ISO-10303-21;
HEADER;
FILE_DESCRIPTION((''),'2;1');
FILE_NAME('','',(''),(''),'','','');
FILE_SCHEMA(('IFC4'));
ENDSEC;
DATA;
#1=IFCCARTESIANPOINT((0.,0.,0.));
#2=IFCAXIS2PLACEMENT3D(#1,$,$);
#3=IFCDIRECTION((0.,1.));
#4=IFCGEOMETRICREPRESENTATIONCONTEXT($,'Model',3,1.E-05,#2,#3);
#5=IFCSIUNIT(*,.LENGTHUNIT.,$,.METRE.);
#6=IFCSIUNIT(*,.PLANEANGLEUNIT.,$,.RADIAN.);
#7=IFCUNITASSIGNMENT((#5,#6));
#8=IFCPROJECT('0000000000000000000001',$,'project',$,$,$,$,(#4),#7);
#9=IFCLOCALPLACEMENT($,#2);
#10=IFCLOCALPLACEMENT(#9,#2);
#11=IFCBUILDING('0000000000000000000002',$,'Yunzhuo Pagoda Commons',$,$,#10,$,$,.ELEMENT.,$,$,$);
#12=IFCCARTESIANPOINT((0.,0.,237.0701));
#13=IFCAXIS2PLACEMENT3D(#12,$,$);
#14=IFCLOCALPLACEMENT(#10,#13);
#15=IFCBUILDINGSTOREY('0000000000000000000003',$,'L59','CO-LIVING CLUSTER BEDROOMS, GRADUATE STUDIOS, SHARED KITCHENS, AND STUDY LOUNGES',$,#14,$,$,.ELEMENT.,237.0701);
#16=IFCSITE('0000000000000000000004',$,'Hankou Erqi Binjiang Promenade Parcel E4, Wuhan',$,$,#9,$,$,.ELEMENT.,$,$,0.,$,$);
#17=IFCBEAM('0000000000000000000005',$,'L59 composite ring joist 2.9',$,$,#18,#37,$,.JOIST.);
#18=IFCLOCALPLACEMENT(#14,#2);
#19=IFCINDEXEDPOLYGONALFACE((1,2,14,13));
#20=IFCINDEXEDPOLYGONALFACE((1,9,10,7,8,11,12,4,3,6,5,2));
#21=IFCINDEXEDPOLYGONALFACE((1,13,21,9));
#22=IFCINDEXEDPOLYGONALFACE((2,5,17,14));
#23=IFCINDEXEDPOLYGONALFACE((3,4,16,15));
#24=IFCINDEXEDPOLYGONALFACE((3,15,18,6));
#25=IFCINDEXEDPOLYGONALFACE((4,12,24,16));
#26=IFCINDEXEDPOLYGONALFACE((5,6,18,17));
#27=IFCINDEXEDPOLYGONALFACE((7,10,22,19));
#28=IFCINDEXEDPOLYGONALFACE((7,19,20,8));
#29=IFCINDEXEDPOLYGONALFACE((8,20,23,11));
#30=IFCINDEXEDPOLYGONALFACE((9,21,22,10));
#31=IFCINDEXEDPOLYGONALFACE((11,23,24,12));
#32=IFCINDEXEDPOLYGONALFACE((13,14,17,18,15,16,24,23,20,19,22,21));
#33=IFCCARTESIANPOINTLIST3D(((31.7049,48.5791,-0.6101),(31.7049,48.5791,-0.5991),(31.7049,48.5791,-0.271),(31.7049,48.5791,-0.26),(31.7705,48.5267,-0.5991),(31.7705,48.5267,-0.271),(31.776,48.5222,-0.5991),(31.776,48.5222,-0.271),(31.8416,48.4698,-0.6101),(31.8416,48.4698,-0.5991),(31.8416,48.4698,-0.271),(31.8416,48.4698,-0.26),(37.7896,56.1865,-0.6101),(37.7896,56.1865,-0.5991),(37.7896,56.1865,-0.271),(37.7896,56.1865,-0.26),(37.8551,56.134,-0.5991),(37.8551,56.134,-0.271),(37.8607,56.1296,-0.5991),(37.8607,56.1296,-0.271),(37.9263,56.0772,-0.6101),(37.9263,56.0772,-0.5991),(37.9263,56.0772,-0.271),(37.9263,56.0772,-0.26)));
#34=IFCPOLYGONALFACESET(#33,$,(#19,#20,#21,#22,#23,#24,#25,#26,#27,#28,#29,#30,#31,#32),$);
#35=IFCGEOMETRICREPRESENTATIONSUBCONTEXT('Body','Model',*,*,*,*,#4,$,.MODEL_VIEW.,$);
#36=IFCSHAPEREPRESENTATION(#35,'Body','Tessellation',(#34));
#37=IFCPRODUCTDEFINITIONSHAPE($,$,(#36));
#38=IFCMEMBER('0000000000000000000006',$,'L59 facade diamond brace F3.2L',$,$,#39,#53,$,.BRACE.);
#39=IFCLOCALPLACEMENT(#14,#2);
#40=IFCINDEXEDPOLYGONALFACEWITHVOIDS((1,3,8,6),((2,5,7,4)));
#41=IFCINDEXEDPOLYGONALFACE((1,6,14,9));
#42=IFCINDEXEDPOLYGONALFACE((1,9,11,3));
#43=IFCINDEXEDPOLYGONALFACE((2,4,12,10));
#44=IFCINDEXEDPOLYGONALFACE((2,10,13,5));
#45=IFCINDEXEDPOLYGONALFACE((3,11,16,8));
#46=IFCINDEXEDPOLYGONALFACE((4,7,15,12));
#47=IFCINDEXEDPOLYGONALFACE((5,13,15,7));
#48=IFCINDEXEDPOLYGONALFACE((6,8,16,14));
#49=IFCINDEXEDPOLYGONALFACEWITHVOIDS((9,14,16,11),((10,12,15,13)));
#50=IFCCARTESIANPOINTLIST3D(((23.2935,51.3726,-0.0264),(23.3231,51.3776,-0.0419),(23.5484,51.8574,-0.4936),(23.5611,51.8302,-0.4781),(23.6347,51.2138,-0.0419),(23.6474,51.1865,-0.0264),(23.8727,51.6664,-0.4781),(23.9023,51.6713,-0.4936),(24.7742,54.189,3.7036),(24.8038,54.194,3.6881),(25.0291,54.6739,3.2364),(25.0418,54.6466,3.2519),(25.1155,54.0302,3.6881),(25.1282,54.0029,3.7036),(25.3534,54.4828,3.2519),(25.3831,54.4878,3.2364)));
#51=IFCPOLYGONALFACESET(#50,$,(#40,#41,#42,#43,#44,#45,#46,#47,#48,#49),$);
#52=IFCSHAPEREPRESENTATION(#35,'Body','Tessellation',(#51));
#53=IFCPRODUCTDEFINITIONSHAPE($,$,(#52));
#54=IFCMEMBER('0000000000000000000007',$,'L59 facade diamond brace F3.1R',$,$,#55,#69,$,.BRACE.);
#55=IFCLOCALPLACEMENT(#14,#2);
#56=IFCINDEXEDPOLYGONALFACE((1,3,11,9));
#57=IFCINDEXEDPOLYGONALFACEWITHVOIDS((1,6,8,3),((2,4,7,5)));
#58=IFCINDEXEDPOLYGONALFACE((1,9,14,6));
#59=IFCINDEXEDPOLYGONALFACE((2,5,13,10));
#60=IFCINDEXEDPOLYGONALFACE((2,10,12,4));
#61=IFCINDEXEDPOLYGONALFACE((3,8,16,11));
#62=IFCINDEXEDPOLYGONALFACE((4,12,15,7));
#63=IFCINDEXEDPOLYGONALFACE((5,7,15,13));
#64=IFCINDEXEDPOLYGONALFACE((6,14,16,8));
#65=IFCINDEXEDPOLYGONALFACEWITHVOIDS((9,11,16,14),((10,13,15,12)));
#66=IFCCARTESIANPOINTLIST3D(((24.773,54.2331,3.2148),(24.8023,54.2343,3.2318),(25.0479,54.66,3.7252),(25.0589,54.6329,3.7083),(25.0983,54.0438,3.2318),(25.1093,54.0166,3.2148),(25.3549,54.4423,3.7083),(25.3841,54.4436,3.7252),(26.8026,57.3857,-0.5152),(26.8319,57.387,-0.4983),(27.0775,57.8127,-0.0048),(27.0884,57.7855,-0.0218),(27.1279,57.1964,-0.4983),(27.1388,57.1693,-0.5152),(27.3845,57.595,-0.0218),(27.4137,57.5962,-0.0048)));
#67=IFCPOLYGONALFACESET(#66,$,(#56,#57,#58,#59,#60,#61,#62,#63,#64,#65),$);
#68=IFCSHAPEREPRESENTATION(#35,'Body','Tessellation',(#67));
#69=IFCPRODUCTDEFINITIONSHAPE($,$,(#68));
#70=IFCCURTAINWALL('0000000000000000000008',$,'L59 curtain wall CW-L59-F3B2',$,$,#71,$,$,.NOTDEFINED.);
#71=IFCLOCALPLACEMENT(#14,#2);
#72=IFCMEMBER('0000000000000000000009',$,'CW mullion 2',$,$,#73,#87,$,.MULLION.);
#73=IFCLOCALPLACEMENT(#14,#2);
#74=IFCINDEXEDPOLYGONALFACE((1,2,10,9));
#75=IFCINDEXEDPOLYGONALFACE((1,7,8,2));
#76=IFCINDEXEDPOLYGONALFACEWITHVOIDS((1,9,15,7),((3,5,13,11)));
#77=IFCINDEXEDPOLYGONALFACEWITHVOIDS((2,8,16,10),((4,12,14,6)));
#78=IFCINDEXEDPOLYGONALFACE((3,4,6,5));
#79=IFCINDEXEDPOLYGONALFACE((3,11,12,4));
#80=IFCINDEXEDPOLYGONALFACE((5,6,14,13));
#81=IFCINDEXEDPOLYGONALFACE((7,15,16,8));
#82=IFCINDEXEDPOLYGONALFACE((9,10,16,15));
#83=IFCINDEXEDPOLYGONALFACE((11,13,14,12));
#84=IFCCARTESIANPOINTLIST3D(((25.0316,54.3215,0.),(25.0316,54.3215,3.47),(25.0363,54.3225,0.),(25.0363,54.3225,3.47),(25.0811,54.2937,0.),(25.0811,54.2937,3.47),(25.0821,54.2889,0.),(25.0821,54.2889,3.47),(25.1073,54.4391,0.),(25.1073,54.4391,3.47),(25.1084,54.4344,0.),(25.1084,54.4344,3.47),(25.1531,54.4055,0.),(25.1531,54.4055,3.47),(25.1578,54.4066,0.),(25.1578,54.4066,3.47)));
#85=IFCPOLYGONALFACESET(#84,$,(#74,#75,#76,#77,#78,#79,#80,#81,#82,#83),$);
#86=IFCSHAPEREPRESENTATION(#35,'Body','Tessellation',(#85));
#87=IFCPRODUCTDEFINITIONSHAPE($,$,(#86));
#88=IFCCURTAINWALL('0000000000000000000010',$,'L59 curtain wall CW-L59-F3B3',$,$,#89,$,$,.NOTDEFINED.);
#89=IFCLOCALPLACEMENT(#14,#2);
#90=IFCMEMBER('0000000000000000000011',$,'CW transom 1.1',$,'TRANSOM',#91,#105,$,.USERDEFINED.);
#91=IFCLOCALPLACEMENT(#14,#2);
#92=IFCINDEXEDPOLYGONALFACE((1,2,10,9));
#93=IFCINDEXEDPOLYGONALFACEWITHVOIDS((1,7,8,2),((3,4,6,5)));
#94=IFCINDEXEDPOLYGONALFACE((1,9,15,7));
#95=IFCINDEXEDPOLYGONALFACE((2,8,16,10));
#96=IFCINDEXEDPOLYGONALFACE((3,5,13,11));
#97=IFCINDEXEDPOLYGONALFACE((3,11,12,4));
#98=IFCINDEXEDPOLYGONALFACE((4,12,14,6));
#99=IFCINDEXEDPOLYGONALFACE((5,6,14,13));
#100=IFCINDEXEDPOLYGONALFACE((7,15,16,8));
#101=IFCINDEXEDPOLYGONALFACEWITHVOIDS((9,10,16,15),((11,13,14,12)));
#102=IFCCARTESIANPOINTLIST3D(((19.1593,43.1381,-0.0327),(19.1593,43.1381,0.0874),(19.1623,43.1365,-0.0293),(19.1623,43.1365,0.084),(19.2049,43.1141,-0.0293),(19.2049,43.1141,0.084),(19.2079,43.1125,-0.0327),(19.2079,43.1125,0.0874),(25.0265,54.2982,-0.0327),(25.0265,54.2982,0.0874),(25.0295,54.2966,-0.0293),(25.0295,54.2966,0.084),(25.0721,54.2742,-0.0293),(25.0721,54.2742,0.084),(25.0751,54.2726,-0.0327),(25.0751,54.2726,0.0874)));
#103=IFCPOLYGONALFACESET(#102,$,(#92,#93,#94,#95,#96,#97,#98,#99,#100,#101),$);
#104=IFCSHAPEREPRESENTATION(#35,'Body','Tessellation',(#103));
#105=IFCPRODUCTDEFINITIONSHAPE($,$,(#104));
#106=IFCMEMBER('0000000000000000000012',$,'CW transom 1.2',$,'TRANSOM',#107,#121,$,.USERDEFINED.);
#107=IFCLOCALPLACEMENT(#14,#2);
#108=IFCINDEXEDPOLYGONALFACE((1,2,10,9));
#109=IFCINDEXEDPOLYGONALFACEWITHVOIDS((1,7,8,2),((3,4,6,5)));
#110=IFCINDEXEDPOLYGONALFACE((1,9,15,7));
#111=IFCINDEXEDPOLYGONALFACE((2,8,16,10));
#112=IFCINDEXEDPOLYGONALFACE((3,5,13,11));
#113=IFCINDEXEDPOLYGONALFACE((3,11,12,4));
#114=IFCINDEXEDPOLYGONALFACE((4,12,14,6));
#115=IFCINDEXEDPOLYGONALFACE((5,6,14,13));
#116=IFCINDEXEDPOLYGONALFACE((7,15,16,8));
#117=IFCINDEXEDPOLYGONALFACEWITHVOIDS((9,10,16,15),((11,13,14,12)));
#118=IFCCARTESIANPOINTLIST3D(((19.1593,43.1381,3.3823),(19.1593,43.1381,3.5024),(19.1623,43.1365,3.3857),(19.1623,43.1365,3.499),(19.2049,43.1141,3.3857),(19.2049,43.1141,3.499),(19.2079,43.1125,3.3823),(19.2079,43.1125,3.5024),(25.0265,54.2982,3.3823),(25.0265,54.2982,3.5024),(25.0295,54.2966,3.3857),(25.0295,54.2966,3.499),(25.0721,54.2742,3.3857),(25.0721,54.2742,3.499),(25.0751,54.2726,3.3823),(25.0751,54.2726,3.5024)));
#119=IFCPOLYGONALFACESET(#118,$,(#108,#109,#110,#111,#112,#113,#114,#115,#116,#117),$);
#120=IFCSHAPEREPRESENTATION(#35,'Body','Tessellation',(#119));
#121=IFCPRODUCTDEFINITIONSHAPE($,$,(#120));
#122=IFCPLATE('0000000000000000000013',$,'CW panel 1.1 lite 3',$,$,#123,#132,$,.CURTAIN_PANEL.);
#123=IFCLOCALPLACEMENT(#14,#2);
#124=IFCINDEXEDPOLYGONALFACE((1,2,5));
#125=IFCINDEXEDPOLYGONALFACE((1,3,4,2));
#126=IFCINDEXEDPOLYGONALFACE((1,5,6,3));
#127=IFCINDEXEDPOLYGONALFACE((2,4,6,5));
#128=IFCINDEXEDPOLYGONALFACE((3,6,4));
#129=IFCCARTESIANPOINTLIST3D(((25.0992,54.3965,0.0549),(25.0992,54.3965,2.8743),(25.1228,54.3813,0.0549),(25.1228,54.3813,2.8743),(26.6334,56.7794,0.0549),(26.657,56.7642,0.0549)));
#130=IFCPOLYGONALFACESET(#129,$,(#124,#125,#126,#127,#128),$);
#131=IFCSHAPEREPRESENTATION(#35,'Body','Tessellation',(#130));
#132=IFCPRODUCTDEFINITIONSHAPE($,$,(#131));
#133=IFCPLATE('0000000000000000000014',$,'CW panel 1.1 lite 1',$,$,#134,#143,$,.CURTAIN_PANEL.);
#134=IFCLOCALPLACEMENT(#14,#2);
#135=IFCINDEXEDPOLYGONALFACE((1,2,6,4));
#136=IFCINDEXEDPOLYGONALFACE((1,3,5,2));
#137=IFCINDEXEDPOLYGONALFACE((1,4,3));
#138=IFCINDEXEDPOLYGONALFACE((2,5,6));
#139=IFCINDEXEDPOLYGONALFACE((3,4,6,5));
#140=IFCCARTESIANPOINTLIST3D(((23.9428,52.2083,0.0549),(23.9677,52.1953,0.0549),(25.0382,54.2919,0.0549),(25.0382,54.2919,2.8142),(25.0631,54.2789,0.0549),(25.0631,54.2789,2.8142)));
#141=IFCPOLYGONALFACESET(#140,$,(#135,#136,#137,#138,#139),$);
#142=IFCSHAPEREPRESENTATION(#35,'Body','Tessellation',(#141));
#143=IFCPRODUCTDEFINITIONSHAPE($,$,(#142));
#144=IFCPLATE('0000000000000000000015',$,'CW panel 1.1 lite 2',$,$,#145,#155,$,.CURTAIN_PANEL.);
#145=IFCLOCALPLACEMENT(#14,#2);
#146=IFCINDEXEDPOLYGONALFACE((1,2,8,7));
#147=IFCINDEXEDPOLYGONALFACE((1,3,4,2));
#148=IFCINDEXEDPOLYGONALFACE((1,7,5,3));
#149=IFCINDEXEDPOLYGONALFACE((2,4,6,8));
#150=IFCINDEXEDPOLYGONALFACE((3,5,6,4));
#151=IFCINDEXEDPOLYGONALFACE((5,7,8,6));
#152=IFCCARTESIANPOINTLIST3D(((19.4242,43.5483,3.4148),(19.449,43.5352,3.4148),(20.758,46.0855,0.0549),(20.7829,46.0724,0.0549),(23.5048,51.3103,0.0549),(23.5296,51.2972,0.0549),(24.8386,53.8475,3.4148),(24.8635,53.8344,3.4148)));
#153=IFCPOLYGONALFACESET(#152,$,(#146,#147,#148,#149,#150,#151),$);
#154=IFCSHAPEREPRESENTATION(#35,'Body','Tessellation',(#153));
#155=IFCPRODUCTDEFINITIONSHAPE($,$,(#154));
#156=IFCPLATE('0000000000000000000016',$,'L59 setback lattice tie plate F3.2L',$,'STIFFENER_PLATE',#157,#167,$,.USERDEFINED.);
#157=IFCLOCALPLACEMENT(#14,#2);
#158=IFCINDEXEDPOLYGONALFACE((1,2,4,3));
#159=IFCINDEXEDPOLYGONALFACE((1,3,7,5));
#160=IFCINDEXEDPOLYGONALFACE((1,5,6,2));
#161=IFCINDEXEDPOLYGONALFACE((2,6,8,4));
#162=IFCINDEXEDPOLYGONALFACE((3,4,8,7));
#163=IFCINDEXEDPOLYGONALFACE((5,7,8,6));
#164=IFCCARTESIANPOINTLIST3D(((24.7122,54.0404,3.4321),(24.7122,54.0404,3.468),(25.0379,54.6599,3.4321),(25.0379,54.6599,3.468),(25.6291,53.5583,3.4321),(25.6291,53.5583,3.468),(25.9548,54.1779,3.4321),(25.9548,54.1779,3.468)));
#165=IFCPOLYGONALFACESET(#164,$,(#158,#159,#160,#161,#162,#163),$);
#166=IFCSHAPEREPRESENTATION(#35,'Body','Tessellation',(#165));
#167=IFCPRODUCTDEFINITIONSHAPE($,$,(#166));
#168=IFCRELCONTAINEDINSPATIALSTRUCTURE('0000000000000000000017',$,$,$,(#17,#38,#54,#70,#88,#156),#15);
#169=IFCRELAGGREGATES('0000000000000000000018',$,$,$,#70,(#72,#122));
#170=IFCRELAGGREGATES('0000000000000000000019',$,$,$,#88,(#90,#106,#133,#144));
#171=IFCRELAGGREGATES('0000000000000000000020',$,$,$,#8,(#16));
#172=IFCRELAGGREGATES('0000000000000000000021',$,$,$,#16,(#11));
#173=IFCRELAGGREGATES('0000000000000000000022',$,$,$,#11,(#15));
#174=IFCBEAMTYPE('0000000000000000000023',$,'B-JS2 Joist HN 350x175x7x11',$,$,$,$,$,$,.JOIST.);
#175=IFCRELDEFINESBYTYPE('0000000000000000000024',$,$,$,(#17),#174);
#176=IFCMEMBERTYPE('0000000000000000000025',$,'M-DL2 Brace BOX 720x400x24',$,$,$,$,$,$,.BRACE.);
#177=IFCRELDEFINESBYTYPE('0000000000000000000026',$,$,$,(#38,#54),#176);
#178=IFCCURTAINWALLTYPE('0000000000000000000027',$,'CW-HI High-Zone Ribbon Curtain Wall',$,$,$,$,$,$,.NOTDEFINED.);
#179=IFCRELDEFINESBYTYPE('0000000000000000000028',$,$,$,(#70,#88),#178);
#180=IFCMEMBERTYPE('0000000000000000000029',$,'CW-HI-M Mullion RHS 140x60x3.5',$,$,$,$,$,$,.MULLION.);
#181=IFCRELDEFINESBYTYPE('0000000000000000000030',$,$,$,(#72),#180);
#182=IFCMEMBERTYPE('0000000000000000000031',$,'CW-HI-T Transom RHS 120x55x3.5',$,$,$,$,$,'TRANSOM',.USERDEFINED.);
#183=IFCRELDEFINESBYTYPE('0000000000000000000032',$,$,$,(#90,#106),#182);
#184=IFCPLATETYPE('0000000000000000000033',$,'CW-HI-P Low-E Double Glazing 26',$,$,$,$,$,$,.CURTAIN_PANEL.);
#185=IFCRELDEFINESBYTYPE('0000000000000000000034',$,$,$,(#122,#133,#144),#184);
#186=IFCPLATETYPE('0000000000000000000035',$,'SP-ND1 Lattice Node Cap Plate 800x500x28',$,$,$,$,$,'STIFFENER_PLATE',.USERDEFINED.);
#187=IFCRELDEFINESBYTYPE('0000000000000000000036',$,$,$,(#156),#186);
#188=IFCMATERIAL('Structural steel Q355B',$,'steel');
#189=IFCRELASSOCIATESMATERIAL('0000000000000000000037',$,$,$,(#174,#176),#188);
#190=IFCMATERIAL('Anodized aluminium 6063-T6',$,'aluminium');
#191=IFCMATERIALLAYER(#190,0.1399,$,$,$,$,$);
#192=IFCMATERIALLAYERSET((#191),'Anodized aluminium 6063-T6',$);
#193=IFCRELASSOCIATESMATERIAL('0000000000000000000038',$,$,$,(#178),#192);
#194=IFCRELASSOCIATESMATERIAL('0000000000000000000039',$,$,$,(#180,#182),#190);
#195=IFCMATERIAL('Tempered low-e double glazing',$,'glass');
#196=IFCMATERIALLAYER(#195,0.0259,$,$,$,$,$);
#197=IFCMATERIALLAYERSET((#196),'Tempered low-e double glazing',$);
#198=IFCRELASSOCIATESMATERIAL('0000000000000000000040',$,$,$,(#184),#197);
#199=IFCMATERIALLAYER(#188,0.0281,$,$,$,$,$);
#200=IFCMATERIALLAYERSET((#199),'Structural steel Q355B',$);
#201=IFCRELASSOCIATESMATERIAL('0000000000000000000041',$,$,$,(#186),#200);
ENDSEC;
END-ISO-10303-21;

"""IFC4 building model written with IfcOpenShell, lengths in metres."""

from ifc_helpers import new_model, si_unit, direction, frame, origin, origin_2d, place, context, subcontext, project, spatial, polyline, rectangle, hollow_rectangle, i_section, outline, extrude, source, transform, mapped, material, layer, layer_set, material_profile, profile_set, type_object, element, aggregate, save


model = new_model("IFC4")

# Units and contexts
model_context = context("Model", 3, precision=1e-05, world=origin(), true_north=direction((0.0, 1.0)))
body_context = subcontext(model_context, "Body", "Model", "MODEL_VIEW")
ifc_project = project(units=[si_unit("LENGTHUNIT", "METRE"), si_unit("PLANEANGLEUNIT", "RADIAN")], contexts=[model_context])

# Site, building, storey
site_placement = place(None, origin())
site = spatial("IfcSite", under=ifc_project, at=site_placement, Name="Hankou Erqi Binjiang Promenade Parcel E4, Wuhan", CompositionType="ELEMENT", RefElevation=0.0)
building_placement = place(site_placement, origin())
building = spatial("IfcBuilding", under=site, at=building_placement, Name="Yunzhuo Pagoda Commons", CompositionType="ELEMENT")
storey_placement = place(building_placement, frame((0.0, 0.0, 237.0701)))
storey = spatial("IfcBuildingStorey", under=building, at=storey_placement, Name="L59", Description="CO-LIVING CLUSTER BEDROOMS, GRADUATE STUDIOS, SHARED KITCHENS, AND STUDY LOUNGES", CompositionType="ELEMENT", Elevation=237.0701)

# Shared definitions
ifc_material_1 = material(Name="Structural steel Q355B", Category="steel")

# Beam
ifc_material_profile_1 = material_profile(ifc_material_1, i_section(OverallWidth=0.175, OverallDepth=0.3501, WebThickness=0.0071, FlangeThickness=0.011, at=origin_2d()), Name="Structural steel Q355B")
ifc_profile_set_1 = profile_set([ifc_material_profile_1], Name="Structural steel Q355B")
beam_type_1 = type_object("IfcBeamType", Name="B-JS2 Joist HN 350x175x7x11", PredefinedType="JOIST", material=ifc_profile_set_1)
shared_shape_1 = source(origin(), body_context, "Body", "SweptSolid", [
    extrude(i_section(OverallWidth=0.175, OverallDepth=0.3501, WebThickness=0.0071, FlangeThickness=0.011, at=origin_2d()), origin(), (0.0, 0.0, 1.0), 9.7415),
])
beam_1_placement = place(storey_placement, frame((37.8579, 56.1318, -0.4351), z_axis=(-0.624619, -0.78093, 0.0), x_axis=(0.78093, -0.624619, 0.0)))
element("IfcBeam", 1, at=beam_1_placement, inside=storey, type_object=beam_type_1, Name="L59 composite ring joist 2.9", PredefinedType="JOIST", context=body_context, shape_type="MappedRepresentation", body=[
    mapped(shared_shape_1, transform((0.0, 0.0, 0.0), scale=1.0)),
])

# Members
ifc_material_profile_2 = material_profile(ifc_material_1, hollow_rectangle(XDim=0.3999, YDim=0.72, WallThickness=0.0239, at=origin_2d()), Name="Structural steel Q355B")
ifc_profile_set_2 = profile_set([ifc_material_profile_2], Name="Structural steel Q355B")
member_type_1 = type_object("IfcMemberType", Name="M-DL2 Brace BOX 720x400x24", PredefinedType="BRACE", material=ifc_profile_set_2)
shared_shape_2 = source(origin(), body_context, "Body", "SweptSolid", [
    extrude(hollow_rectangle(XDim=0.3999, YDim=0.72, WallThickness=0.0239, at=origin_2d()), origin(), (0.0, 0.0, 1.0), 4.9028),
])
member_1_placement = place(storey_placement, frame((23.5979, 51.522, -0.26), z_axis=(0.302014, 0.574449, 0.760786), x_axis=(-0.885126, 0.465351, 0.0)))
element("IfcMember", 2, at=member_1_placement, inside=storey, type_object=member_type_1, Name="L59 facade diamond brace F3.2L", PredefinedType="BRACE", context=body_context, shape_type="MappedRepresentation", body=[
    mapped(shared_shape_2, transform((0.0, 0.0, 0.0), scale=1.0)),
])
shared_shape_3 = source(origin(), body_context, "Body", "SweptSolid", [
    extrude(hollow_rectangle(XDim=0.3999, YDim=0.72, WallThickness=0.0239, at=origin_2d()), origin(), (0.0, 0.0, 1.0), 5.2888),
])
member_2_placement = place(storey_placement, frame((27.1082, 57.491, -0.26), z_axis=(-0.383749, -0.596096, 0.70527), x_axis=(0.840829, -0.5413, 0.0)))
element("IfcMember", 3, at=member_2_placement, inside=storey, type_object=member_type_1, Name="L59 facade diamond brace F3.1R", PredefinedType="BRACE", context=body_context, shape_type="MappedRepresentation", body=[
    mapped(shared_shape_3, transform((0.0, 0.0, 0.0), scale=1.0)),
])

# Curtain wall, member
ifc_material_2 = material(Name="Anodized aluminium 6063-T6", Category="aluminium")
ifc_layer_1 = layer(ifc_material_2, 0.1399)
ifc_layer_set_1 = layer_set([ifc_layer_1], Name="Anodized aluminium 6063-T6")
curtain_wall_type = type_object("IfcCurtainWallType", Name="CW-HI High-Zone Ribbon Curtain Wall", PredefinedType="NOTDEFINED", material=ifc_layer_set_1)
curtain_wall_1_placement = place(storey_placement, origin())
curtain_wall_1 = element("IfcCurtainWall", 4, at=curtain_wall_1_placement, inside=storey, type_object=curtain_wall_type, Name="L59 curtain wall CW-L59-F3B2", PredefinedType="NOTDEFINED")
ifc_material_profile_3 = material_profile(ifc_material_2, hollow_rectangle(XDim=0.0601, YDim=0.1399, WallThickness=0.0034, at=origin_2d()), Name="Anodized aluminium 6063-T6")
ifc_profile_set_3 = profile_set([ifc_material_profile_3], Name="Anodized aluminium 6063-T6")
member_type_2 = type_object("IfcMemberType", Name="CW-HI-M Mullion RHS 140x60x3.5", PredefinedType="MULLION", material=ifc_profile_set_3)
shared_shape_4 = source(origin(), body_context, "Body", "SweptSolid", [
    extrude(hollow_rectangle(XDim=0.0601, YDim=0.1399, WallThickness=0.0034, at=origin_2d()), origin(), (0.0, 0.0, 1.0), 3.47),
])
member_3_placement = place(storey_placement, frame((25.0947, 54.364, 0.0), z_axis=(0.0, 0.0, 1.0), x_axis=(0.840807, -0.541334, 0.0)))
member_3 = element("IfcMember", 5, at=member_3_placement, type_object=member_type_2, Name="CW mullion 2", PredefinedType="MULLION", context=body_context, shape_type="MappedRepresentation", body=[
    mapped(shared_shape_4, transform((0.0, 0.0, 0.0), scale=1.0)),
])

# Curtain wall, members
curtain_wall_2_placement = place(storey_placement, origin())
curtain_wall_2 = element("IfcCurtainWall", 6, at=curtain_wall_2_placement, inside=storey, type_object=curtain_wall_type, Name="L59 curtain wall CW-L59-F3B3", PredefinedType="NOTDEFINED")
ifc_material_profile_4 = material_profile(ifc_material_2, hollow_rectangle(XDim=0.0549, YDim=0.1201, WallThickness=0.0034, at=origin_2d()), Name="Anodized aluminium 6063-T6")
ifc_profile_set_4 = profile_set([ifc_material_profile_4], Name="Anodized aluminium 6063-T6")
member_type_3 = type_object("IfcMemberType", Name="CW-HI-T Transom RHS 120x55x3.5", ElementType="TRANSOM", PredefinedType="USERDEFINED", material=ifc_profile_set_4)
shared_shape_5 = source(origin(), body_context, "Body", "SweptSolid", [
    extrude(hollow_rectangle(XDim=0.0549, YDim=0.1201, WallThickness=0.0034, at=origin_2d()), origin(), (0.0, 0.0, 1.0), 12.6084),
])
member_4_placement = place(storey_placement, frame((25.0508, 54.2854, 0.0273), z_axis=(-0.465338, -0.885133, 0.0), x_axis=(0.885133, -0.465338, 0.0)))
member_4 = element("IfcMember", 7, at=member_4_placement, type_object=member_type_3, Name="CW transom 1.1", ObjectType="TRANSOM", PredefinedType="USERDEFINED", context=body_context, shape_type="MappedRepresentation", body=[
    mapped(shared_shape_5, transform((0.0, 0.0, 0.0), scale=1.0)),
])
member_5_placement = place(storey_placement, frame((25.0508, 54.2854, 3.4424), z_axis=(-0.465338, -0.885133, 0.0), x_axis=(0.885133, -0.465338, 0.0)))
member_5 = element("IfcMember", 8, at=member_5_placement, type_object=member_type_3, Name="CW transom 1.2", ObjectType="TRANSOM", PredefinedType="USERDEFINED", context=body_context, shape_type="MappedRepresentation", body=[
    mapped(shared_shape_5, transform((0.0, 0.0, 0.0), scale=1.0)),
])

# Plates
ifc_material_3 = material(Name="Tempered low-e double glazing", Category="glass")
ifc_layer_2 = layer(ifc_material_3, 0.0259)
ifc_layer_set_2 = layer_set([ifc_layer_2], Name="Tempered low-e double glazing")
plate_type_1 = type_object("IfcPlateType", Name="CW-HI-P Low-E Double Glazing 26", PredefinedType="CURTAIN_PANEL", material=ifc_layer_set_2)
plate_1_placement = place(storey_placement, frame((25.8899, 55.5728, 1.4646), z_axis=(-0.840807, 0.541334, 0.0), x_axis=(-0.541334, -0.840807, 0.0)))
plate_1 = element("IfcPlate", 9, at=plate_1_placement, type_object=plate_type_1, Name="CW panel 1.1 lite 3", PredefinedType="CURTAIN_PANEL", context=body_context, shape_type="SweptSolid", body=[
    extrude(outline(polyline([(-1.417, -1.4097), (1.417, -1.4097), (1.417, 1.4097), (-1.417, -1.4097)])), origin(), (0.0, 0.0, 1.0), 0.0281),
])
aggregate(curtain_wall_1, [member_3, plate_1])
plate_2_placement = place(storey_placement, frame((24.5154, 53.2371, 1.4346), z_axis=(-0.885138, 0.465329, 0.0), x_axis=(-0.465329, -0.885138, 0.0)))
plate_2 = element("IfcPlate", 10, at=plate_2_placement, type_object=plate_type_1, Name="CW panel 1.1 lite 1", PredefinedType="CURTAIN_PANEL", context=body_context, shape_type="SweptSolid", body=[
    extrude(outline(polyline([(-1.177, -1.3796), (1.177, -1.3796), (-1.177, 1.3796), (-1.177, -1.3796)])), origin(), (0.0, 0.0, 1.0), 0.0281),
])
plate_3_placement = place(storey_placement, frame((22.1562, 48.6848, 1.7349), z_axis=(-0.885138, 0.465329, 0.0), x_axis=(-0.465329, -0.885138, 0.0)))
plate_3 = element("IfcPlate", 11, at=plate_3_placement, type_object=plate_type_1, Name="CW panel 1.1 lite 2", PredefinedType="CURTAIN_PANEL", context=body_context, shape_type="SweptSolid", body=[
    extrude(outline(polyline([(-5.8179, 1.6799), (-2.9514, -1.6799), (2.9514, -1.6799), (5.8179, 1.6799), (-5.8179, 1.6799)])), origin(), (0.0, 0.0, 1.0), 0.0281),
])
aggregate(curtain_wall_2, [member_4, member_5, plate_2, plate_3])
ifc_layer_3 = layer(ifc_material_1, 0.0281)
ifc_layer_set_3 = layer_set([ifc_layer_3], Name="Structural steel Q355B")
plate_type_2 = type_object("IfcPlateType", Name="SP-ND1 Lattice Node Cap Plate 800x500x28", ElementType="STIFFENER_PLATE", PredefinedType="USERDEFINED", material=ifc_layer_set_3)
shared_shape_6 = source(origin(), body_context, "Body", "SweptSolid", [
    extrude(rectangle(XDim=0.7, YDim=1.0359, at=origin_2d()), origin(), (0.0, 0.0, 1.0), 0.0359),
])
plate_4_placement = place(storey_placement, frame((25.3335, 54.1091, 3.4321), z_axis=(0.0, 0.0, 1.0), x_axis=(-0.465336, -0.885134, 0.0)))
element("IfcPlate", 12, at=plate_4_placement, inside=storey, type_object=plate_type_2, Name="L59 setback lattice tie plate F3.2L", ObjectType="STIFFENER_PLATE", PredefinedType="USERDEFINED", context=body_context, shape_type="MappedRepresentation", body=[
    mapped(shared_shape_6, transform((0.0, 0.0, 0.0), scale=1.0)),
])

save(model, "model.ifc")
